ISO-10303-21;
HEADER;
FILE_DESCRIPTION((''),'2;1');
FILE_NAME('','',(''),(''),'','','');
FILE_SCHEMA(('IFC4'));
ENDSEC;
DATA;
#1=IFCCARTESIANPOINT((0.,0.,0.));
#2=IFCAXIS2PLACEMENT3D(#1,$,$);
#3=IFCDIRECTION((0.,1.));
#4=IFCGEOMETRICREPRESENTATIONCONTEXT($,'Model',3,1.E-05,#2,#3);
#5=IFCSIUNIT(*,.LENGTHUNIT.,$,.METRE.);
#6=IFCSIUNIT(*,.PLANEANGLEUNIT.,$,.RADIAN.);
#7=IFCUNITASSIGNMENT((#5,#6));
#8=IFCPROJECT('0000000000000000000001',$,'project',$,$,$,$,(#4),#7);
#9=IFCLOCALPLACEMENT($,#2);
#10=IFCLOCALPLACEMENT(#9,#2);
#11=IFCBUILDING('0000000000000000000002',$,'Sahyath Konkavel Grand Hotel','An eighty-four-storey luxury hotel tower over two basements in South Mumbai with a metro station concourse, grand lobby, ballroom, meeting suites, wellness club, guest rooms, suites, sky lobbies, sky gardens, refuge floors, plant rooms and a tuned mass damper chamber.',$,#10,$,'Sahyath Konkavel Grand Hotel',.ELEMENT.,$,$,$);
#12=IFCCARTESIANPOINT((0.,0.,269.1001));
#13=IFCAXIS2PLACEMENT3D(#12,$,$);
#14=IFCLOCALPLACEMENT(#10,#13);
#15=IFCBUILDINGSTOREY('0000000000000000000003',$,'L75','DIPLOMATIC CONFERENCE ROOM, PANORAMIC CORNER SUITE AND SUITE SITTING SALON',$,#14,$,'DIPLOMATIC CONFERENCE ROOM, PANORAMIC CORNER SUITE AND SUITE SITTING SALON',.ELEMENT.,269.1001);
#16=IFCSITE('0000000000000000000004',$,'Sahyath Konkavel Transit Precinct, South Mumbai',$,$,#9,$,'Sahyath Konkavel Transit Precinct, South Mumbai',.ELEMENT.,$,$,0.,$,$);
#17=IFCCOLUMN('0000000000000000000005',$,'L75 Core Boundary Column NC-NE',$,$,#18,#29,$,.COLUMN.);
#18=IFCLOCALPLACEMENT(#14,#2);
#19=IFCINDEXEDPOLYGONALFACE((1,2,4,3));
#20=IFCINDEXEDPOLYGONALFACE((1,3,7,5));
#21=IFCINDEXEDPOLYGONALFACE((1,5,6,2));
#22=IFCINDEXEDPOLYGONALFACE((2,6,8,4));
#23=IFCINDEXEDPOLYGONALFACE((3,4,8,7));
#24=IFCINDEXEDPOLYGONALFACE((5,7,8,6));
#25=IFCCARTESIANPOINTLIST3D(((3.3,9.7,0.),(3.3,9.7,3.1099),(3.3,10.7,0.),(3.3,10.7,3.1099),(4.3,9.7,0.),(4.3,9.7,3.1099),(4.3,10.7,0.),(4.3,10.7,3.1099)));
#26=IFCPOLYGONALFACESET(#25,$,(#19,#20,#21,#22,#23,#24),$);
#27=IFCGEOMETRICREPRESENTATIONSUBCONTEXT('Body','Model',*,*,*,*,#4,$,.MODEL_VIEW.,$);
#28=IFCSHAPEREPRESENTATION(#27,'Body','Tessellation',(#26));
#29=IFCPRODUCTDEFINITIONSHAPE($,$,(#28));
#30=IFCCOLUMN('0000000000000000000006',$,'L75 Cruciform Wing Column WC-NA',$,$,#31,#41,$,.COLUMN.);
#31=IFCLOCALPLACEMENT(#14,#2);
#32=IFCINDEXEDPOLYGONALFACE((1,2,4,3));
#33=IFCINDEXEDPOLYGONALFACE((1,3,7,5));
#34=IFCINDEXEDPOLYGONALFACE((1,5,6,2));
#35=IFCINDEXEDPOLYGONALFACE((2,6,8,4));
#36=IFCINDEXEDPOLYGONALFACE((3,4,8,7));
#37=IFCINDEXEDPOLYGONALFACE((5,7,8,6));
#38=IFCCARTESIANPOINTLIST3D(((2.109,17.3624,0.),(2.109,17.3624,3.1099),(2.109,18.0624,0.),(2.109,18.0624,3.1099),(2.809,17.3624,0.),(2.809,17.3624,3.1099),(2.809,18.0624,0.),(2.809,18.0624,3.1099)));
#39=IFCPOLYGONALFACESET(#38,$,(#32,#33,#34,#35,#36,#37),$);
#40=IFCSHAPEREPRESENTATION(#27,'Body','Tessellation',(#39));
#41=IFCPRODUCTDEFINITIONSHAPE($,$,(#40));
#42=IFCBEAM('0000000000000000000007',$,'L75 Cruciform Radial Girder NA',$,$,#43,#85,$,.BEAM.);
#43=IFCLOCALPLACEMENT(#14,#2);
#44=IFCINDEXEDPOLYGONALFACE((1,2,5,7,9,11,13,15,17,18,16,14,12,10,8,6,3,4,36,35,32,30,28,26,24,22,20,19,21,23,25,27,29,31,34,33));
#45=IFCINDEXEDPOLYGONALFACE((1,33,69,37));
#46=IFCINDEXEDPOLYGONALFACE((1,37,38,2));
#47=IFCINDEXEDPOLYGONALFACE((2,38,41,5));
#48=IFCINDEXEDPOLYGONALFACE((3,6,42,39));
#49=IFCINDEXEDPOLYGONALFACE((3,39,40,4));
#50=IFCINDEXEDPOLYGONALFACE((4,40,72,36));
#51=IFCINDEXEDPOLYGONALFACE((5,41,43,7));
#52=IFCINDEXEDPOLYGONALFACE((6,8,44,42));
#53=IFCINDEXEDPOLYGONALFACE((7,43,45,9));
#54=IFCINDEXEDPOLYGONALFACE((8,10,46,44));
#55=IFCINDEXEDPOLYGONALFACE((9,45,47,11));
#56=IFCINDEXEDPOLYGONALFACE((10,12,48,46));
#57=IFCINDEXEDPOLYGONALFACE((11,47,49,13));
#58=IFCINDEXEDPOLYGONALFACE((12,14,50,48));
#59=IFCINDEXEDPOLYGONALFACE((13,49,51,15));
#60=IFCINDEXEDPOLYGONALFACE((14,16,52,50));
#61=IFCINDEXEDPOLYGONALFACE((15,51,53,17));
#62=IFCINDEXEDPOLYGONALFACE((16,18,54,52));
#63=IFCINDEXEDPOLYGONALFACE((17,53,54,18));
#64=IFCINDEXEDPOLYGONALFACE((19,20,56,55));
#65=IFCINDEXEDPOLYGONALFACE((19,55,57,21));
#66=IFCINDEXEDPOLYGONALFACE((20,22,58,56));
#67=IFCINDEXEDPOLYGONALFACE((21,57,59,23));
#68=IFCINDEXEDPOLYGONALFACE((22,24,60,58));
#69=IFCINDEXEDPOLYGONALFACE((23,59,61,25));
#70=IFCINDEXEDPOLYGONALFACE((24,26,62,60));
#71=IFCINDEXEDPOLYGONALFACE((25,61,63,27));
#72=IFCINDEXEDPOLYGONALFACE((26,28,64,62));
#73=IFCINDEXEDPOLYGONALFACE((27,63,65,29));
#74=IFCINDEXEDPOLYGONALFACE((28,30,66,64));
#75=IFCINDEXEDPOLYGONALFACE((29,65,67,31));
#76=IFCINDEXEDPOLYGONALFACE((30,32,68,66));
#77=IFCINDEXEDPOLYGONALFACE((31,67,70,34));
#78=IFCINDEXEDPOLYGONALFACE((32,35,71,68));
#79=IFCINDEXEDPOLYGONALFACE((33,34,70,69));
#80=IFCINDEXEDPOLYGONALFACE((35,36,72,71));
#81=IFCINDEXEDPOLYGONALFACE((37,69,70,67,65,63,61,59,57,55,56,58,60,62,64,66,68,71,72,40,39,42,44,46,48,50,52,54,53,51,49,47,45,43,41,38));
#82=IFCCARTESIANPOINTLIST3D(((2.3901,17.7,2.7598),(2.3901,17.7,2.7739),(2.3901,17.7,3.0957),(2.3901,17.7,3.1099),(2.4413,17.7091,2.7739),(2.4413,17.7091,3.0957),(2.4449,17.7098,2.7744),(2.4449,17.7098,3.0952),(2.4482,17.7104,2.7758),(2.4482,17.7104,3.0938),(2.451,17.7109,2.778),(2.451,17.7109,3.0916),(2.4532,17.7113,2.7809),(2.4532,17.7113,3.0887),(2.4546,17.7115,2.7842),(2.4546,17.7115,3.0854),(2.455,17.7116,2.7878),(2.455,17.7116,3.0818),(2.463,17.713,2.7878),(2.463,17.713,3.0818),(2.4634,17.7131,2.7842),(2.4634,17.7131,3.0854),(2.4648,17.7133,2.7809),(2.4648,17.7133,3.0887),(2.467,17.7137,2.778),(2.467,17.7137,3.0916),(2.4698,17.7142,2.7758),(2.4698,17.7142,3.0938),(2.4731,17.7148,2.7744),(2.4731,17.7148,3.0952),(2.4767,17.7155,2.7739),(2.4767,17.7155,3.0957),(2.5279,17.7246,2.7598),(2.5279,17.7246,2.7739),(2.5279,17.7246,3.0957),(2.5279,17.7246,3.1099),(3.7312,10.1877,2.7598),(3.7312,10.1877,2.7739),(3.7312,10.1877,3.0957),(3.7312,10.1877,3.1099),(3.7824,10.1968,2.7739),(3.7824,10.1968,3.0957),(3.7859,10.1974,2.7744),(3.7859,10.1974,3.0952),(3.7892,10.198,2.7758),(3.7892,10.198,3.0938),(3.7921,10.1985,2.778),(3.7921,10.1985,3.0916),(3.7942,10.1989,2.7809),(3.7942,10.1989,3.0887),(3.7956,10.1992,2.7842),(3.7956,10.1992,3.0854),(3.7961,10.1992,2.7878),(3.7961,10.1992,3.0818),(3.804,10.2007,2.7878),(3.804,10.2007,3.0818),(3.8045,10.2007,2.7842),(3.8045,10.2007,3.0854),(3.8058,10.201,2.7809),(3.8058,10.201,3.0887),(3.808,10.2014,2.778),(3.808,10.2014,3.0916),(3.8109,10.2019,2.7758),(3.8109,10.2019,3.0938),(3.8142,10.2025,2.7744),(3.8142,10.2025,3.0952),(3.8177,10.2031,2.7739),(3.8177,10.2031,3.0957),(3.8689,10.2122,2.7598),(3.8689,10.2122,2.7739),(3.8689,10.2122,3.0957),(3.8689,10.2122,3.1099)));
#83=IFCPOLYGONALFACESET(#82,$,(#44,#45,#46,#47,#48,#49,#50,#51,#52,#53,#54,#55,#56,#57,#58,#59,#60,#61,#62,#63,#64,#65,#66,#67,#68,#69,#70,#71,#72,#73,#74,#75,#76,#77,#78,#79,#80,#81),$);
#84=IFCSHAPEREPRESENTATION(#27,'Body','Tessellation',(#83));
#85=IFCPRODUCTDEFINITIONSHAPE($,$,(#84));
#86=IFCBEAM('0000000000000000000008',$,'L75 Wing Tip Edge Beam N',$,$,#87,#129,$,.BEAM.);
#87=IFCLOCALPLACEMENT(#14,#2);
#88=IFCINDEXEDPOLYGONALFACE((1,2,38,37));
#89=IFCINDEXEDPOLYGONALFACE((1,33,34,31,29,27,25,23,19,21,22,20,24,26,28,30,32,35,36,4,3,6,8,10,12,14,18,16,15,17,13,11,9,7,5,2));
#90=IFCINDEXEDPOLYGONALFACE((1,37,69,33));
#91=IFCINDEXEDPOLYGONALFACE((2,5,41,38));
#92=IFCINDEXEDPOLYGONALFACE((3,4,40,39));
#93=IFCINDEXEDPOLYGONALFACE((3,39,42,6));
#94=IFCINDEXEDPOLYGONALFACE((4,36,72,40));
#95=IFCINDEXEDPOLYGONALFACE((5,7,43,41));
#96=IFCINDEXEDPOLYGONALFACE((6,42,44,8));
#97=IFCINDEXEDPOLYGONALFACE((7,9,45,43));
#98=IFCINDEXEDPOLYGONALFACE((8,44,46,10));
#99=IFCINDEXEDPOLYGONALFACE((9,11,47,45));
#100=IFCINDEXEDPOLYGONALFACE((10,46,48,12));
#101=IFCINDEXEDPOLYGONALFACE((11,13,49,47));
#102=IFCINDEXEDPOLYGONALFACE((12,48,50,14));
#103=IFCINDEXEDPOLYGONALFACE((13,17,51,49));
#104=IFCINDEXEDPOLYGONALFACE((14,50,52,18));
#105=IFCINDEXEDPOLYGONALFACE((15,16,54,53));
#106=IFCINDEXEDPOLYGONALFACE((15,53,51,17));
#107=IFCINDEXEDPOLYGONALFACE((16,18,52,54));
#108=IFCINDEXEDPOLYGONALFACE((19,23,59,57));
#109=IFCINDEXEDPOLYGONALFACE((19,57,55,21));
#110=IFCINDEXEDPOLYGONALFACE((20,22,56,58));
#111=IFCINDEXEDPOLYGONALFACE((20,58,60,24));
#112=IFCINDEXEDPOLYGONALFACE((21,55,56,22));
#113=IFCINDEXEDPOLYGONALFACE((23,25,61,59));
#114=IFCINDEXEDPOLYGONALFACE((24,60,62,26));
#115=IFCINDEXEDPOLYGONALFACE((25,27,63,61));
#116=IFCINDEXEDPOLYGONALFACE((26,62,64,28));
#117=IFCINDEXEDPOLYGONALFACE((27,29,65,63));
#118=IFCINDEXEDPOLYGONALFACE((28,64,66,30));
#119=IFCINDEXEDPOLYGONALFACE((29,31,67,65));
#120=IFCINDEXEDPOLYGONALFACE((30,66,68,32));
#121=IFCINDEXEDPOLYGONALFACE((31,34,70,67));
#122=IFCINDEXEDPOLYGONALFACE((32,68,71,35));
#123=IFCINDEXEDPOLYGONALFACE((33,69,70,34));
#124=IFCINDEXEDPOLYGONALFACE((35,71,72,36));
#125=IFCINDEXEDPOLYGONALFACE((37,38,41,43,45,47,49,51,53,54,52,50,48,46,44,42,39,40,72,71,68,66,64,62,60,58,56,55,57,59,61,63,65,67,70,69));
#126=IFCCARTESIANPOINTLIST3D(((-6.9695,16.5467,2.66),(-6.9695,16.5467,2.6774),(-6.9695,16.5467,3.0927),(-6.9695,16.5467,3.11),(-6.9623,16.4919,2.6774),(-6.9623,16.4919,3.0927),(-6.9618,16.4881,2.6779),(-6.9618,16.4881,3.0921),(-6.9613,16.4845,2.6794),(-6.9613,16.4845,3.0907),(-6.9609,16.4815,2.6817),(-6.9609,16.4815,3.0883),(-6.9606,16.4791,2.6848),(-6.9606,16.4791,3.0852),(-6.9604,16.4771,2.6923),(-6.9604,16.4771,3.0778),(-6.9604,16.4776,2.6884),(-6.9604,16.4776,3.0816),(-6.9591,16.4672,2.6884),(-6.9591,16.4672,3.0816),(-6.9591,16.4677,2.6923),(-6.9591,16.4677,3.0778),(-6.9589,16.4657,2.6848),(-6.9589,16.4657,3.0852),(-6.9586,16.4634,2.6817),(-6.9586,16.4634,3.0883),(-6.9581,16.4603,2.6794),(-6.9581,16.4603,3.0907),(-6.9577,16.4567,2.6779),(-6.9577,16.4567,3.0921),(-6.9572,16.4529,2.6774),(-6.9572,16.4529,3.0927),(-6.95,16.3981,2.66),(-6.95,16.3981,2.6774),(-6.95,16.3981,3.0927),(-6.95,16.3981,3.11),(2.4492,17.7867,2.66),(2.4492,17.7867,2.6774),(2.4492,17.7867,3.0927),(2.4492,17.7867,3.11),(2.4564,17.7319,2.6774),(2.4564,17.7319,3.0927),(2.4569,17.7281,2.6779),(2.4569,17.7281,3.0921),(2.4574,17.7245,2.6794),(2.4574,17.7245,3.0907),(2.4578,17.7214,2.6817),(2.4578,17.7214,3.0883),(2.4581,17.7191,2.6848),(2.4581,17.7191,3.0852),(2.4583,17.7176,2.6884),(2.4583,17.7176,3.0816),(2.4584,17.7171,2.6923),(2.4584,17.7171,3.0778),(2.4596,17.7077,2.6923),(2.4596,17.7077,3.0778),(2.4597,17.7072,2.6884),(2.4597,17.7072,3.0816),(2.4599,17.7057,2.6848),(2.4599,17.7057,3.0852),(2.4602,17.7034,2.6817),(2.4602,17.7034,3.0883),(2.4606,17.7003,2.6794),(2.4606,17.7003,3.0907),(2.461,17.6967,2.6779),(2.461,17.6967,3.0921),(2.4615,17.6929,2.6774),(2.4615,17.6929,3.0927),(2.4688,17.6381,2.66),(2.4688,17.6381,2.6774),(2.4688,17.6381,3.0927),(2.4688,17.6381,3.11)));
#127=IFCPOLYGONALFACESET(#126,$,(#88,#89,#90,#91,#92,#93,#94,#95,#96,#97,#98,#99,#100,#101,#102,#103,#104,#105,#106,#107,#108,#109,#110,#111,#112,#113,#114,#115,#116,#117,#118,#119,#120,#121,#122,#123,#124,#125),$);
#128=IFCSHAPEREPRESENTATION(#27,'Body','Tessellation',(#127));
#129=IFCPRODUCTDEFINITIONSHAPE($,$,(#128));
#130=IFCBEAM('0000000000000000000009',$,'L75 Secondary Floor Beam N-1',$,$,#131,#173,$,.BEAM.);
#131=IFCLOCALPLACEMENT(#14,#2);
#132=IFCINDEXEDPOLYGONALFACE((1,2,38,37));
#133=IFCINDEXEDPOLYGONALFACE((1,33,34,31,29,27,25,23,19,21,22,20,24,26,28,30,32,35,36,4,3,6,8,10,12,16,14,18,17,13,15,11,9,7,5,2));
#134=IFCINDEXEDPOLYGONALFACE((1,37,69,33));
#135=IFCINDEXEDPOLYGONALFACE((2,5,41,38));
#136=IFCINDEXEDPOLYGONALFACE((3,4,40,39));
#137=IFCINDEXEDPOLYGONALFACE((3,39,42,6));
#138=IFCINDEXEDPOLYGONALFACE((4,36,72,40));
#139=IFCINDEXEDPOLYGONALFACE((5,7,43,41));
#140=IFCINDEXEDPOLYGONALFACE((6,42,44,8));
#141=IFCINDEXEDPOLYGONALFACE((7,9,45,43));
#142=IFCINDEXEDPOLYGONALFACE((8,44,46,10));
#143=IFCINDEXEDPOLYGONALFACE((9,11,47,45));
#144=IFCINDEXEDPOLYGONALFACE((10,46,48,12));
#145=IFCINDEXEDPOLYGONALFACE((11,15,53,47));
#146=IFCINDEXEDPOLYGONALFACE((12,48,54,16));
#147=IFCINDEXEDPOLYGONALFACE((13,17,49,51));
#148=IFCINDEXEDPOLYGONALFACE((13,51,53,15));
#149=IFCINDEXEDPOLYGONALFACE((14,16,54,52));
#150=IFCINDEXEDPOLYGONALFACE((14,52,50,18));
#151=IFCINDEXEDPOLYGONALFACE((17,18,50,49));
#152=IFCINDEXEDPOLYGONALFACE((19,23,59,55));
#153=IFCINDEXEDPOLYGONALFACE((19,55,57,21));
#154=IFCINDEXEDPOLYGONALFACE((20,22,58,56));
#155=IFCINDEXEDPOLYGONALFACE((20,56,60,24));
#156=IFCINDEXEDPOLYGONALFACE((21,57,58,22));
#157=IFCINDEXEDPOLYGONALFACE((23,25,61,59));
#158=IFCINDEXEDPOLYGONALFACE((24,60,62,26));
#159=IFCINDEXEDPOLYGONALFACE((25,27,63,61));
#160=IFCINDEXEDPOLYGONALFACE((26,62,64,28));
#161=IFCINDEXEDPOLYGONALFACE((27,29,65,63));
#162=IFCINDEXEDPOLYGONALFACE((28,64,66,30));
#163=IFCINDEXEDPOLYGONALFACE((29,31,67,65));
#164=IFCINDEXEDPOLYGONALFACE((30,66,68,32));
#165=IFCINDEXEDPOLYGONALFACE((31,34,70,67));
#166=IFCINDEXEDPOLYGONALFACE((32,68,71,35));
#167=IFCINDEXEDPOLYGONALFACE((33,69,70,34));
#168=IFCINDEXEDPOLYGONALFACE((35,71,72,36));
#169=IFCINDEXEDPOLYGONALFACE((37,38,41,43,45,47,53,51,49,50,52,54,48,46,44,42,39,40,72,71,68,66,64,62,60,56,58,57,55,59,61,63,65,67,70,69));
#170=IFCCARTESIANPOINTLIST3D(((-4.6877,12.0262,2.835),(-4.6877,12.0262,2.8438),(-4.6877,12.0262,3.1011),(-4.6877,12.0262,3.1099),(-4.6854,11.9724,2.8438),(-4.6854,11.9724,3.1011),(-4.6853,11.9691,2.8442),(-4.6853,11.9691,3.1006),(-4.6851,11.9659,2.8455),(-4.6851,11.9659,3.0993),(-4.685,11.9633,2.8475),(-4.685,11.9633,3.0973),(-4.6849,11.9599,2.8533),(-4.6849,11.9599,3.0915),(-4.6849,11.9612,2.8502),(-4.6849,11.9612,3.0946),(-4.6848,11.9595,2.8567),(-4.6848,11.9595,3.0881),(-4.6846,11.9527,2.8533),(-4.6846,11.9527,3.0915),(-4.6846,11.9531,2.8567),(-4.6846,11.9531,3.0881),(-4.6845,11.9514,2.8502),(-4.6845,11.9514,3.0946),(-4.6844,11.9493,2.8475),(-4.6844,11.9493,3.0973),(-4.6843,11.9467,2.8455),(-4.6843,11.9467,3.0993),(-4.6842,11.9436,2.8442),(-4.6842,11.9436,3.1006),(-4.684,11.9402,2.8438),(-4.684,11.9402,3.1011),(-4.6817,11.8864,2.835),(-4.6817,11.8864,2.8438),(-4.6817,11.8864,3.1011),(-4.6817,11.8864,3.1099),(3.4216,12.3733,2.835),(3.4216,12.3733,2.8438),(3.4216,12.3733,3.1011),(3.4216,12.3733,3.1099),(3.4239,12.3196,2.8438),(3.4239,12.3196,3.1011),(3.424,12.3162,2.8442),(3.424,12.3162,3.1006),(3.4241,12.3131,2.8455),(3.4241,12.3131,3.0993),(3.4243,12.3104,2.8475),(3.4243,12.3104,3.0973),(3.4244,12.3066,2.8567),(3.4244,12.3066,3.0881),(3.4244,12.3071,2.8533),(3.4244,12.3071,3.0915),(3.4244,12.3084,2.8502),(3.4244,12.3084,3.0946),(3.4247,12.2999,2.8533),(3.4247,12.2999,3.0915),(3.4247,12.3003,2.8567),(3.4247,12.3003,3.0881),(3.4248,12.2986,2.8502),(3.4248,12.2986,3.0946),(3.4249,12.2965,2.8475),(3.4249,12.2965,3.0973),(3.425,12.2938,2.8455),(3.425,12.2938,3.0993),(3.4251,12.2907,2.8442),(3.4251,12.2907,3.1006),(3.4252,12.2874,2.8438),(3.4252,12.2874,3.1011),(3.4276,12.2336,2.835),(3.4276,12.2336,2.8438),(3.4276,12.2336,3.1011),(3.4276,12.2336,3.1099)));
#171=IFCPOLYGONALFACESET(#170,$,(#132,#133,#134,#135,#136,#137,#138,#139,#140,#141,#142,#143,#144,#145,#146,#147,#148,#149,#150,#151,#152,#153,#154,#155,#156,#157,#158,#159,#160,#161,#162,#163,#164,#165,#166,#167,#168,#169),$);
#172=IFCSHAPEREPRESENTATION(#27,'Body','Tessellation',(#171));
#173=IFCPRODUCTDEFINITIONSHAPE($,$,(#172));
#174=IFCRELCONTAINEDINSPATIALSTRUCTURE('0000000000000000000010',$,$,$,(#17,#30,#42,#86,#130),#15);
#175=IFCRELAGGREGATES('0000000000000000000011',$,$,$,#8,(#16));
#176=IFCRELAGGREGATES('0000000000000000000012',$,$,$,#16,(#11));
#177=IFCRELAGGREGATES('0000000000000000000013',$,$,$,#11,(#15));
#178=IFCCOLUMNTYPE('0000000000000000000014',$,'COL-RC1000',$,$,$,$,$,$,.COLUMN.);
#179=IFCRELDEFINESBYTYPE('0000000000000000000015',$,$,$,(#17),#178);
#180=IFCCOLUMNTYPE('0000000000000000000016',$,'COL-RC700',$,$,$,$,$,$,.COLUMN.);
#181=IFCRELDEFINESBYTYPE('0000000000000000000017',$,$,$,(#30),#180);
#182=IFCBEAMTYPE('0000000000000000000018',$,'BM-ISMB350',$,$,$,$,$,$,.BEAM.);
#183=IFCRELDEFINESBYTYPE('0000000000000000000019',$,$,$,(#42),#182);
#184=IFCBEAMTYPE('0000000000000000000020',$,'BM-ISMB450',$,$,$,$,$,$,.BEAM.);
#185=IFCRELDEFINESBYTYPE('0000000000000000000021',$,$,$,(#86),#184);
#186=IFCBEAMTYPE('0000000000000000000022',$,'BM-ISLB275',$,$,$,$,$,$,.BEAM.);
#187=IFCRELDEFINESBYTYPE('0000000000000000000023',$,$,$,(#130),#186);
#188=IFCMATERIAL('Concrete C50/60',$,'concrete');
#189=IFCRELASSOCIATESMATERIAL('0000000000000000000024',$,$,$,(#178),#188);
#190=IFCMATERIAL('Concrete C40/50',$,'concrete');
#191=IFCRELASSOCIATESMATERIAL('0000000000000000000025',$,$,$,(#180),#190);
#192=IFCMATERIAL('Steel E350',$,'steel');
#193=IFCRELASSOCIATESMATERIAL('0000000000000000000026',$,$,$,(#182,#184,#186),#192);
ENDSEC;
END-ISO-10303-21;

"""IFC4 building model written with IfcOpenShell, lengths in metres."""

from ifc_helpers import new_model, si_unit, direction, frame, origin, origin_2d, place, context, subcontext, project, spatial, rectangle, i_section, extrude, source, transform, mapped, material, material_profile, profile_set, type_object, element, save


model = new_model("IFC4")

# Units and contexts
model_context = context("Model", 3, precision=1e-05, world=origin(), true_north=direction((0.0, 1.0)))
body_context = subcontext(model_context, "Body", "Model", "MODEL_VIEW")
ifc_project = project(units=[si_unit("LENGTHUNIT", "METRE"), si_unit("PLANEANGLEUNIT", "RADIAN")], contexts=[model_context])

# Site, building, storey
site_placement = place(None, origin())
site = spatial("IfcSite", under=ifc_project, at=site_placement, Name="Sahyath Konkavel Transit Precinct, South Mumbai", LongName="Sahyath Konkavel Transit Precinct, South Mumbai", CompositionType="ELEMENT", RefElevation=0.0)
building_placement = place(site_placement, origin())
building = spatial("IfcBuilding", under=site, at=building_placement, Name="Sahyath Konkavel Grand Hotel", Description="An eighty-four-storey luxury hotel tower over two basements in South Mumbai with a metro station concourse, grand lobby, ballroom, meeting suites, wellness club, guest rooms, suites, sky lobbies, sky gardens, refuge floors, plant rooms and a tuned mass damper chamber.", LongName="Sahyath Konkavel Grand Hotel", CompositionType="ELEMENT")
storey_placement = place(building_placement, frame((0.0, 0.0, 269.1001)))
storey = spatial("IfcBuildingStorey", under=building, at=storey_placement, Name="L75", Description="DIPLOMATIC CONFERENCE ROOM, PANORAMIC CORNER SUITE AND SUITE SITTING SALON", LongName="DIPLOMATIC CONFERENCE ROOM, PANORAMIC CORNER SUITE AND SUITE SITTING SALON", CompositionType="ELEMENT", Elevation=269.1001)

# Columns
ifc_material_1 = material(Name="Concrete C50/60", Category="concrete")
ifc_material_profile_1 = material_profile(ifc_material_1, rectangle(XDim=1.0, YDim=1.0, at=origin_2d()), Name="RC 1000x1000")
ifc_profile_set_1 = profile_set([ifc_material_profile_1], Name="Concrete C50/60")
column_type_1 = type_object("IfcColumnType", Name="COL-RC1000", PredefinedType="COLUMN", material=ifc_profile_set_1)
shared_shape_1 = source(origin(), body_context, "Body", "SweptSolid", [
    extrude(rectangle(XDim=1.0, YDim=1.0, at=origin_2d()), origin(), (0.0, 0.0, 1.0), 3.1099),
])
column_1_placement = place(storey_placement, frame((3.8, 10.2, 0.0), z_axis=(0.0, 0.0, 1.0), x_axis=(1.0, 0.0, 0.0)))
element("IfcColumn", 1, at=column_1_placement, inside=storey, type_object=column_type_1, Name="L75 Core Boundary Column NC-NE", PredefinedType="COLUMN", context=body_context, shape_type="MappedRepresentation", body=[
    mapped(shared_shape_1, transform((0.0, 0.0, 0.0), scale=1.0)),
])
ifc_material_2 = material(Name="Concrete C40/50", Category="concrete")
ifc_material_profile_2 = material_profile(ifc_material_2, rectangle(XDim=0.7, YDim=0.7, at=origin_2d()), Name="RC 700x700")
ifc_profile_set_2 = profile_set([ifc_material_profile_2], Name="Concrete C40/50")
column_type_2 = type_object("IfcColumnType", Name="COL-RC700", PredefinedType="COLUMN", material=ifc_profile_set_2)
shared_shape_2 = source(origin(), body_context, "Body", "SweptSolid", [
    extrude(rectangle(XDim=0.7, YDim=0.7, at=origin_2d()), origin(), (0.0, 0.0, 1.0), 3.1099),
])
column_2_placement = place(storey_placement, frame((2.459, 17.7124, 0.0), z_axis=(0.0, 0.0, 1.0), x_axis=(1.0, 0.0, 0.0)))
element("IfcColumn", 2, at=column_2_placement, inside=storey, type_object=column_type_2, Name="L75 Cruciform Wing Column WC-NA", PredefinedType="COLUMN", context=body_context, shape_type="MappedRepresentation", body=[
    mapped(shared_shape_2, transform((0.0, 0.0, 0.0), scale=1.0)),
])

# Beams
ifc_material_3 = material(Name="Steel E350", Category="steel")
ifc_material_profile_3 = material_profile(ifc_material_3, i_section(OverallWidth=0.1399, OverallDepth=0.3501, WebThickness=0.0081, FlangeThickness=0.0142, FilletRadius=0.0139, at=origin_2d()), Name="ISMB 350")
ifc_profile_set_3 = profile_set([ifc_material_profile_3], Name="Steel E350")
beam_type_1 = type_object("IfcBeamType", Name="BM-ISMB350", PredefinedType="BEAM", material=ifc_profile_set_3)
shared_shape_3 = source(origin(), body_context, "Body", "SweptSolid", [
    extrude(i_section(OverallWidth=0.1399, OverallDepth=0.3501, WebThickness=0.0081, FlangeThickness=0.0142, FilletRadius=0.0139, at=origin_2d()), origin(), (0.0, 0.0, 1.0), 7.6311),
])
beam_1_placement = place(storey_placement, frame((3.8, 10.2, 2.9348), z_axis=(-0.175734, 0.984438, 0.0), x_axis=(-0.984438, -0.175734, 0.0)))
element("IfcBeam", 3, at=beam_1_placement, inside=storey, type_object=beam_type_1, Name="L75 Cruciform Radial Girder NA", PredefinedType="BEAM", context=body_context, shape_type="MappedRepresentation", body=[
    mapped(shared_shape_3, transform((0.0, 0.0, 0.0), scale=1.0)),
])
ifc_material_profile_4 = material_profile(ifc_material_3, i_section(OverallWidth=0.1499, OverallDepth=0.45, WebThickness=0.0095, FlangeThickness=0.0173, FilletRadius=0.0149, at=origin_2d()), Name="ISMB 450")
ifc_profile_set_4 = profile_set([ifc_material_profile_4], Name="Steel E350")
beam_type_2 = type_object("IfcBeamType", Name="BM-ISMB450", PredefinedType="BEAM", material=ifc_profile_set_4)
shared_shape_4 = source(origin(), body_context, "Body", "SweptSolid", [
    extrude(i_section(OverallWidth=0.1499, OverallDepth=0.45, WebThickness=0.0095, FlangeThickness=0.0173, FilletRadius=0.0149, at=origin_2d()), origin(), (0.0, 0.0, 1.0), 9.5),
])
beam_2_placement = place(storey_placement, frame((2.459, 17.7124, 2.885), z_axis=(-0.991445, -0.130526, 0.0), x_axis=(0.130526, -0.991445, 0.0)))
element("IfcBeam", 4, at=beam_2_placement, inside=storey, type_object=beam_type_2, Name="L75 Wing Tip Edge Beam N", PredefinedType="BEAM", context=body_context, shape_type="MappedRepresentation", body=[
    mapped(shared_shape_4, transform((0.0, 0.0, 0.0), scale=1.0)),
])
ifc_material_profile_5 = material_profile(ifc_material_3, i_section(OverallWidth=0.1399, OverallDepth=0.2749, WebThickness=0.0063, FlangeThickness=0.0088, FilletRadius=0.0129, at=origin_2d()), Name="ISLB 275")
ifc_profile_set_5 = profile_set([ifc_material_profile_5], Name="Steel E350")
beam_type_3 = type_object("IfcBeamType", Name="BM-ISLB275", PredefinedType="BEAM", material=ifc_profile_set_5)
shared_shape_5 = source(origin(), body_context, "Body", "SweptSolid", [
    extrude(i_section(OverallWidth=0.1399, OverallDepth=0.2749, WebThickness=0.0063, FlangeThickness=0.0088, FilletRadius=0.0129, at=origin_2d()), origin(), (0.0, 0.0, 1.0), 8.1167),
])
beam_3_placement = place(storey_placement, frame((3.4246, 12.3035, 2.9724), z_axis=(-0.999085, -0.042772, 0.0), x_axis=(0.042772, -0.999085, 0.0)))
element("IfcBeam", 5, at=beam_3_placement, inside=storey, type_object=beam_type_3, Name="L75 Secondary Floor Beam N-1", PredefinedType="BEAM", context=body_context, shape_type="MappedRepresentation", body=[
    mapped(shared_shape_5, transform((0.0, 0.0, 0.0), scale=1.0)),
])

save(model, "model.ifc")
